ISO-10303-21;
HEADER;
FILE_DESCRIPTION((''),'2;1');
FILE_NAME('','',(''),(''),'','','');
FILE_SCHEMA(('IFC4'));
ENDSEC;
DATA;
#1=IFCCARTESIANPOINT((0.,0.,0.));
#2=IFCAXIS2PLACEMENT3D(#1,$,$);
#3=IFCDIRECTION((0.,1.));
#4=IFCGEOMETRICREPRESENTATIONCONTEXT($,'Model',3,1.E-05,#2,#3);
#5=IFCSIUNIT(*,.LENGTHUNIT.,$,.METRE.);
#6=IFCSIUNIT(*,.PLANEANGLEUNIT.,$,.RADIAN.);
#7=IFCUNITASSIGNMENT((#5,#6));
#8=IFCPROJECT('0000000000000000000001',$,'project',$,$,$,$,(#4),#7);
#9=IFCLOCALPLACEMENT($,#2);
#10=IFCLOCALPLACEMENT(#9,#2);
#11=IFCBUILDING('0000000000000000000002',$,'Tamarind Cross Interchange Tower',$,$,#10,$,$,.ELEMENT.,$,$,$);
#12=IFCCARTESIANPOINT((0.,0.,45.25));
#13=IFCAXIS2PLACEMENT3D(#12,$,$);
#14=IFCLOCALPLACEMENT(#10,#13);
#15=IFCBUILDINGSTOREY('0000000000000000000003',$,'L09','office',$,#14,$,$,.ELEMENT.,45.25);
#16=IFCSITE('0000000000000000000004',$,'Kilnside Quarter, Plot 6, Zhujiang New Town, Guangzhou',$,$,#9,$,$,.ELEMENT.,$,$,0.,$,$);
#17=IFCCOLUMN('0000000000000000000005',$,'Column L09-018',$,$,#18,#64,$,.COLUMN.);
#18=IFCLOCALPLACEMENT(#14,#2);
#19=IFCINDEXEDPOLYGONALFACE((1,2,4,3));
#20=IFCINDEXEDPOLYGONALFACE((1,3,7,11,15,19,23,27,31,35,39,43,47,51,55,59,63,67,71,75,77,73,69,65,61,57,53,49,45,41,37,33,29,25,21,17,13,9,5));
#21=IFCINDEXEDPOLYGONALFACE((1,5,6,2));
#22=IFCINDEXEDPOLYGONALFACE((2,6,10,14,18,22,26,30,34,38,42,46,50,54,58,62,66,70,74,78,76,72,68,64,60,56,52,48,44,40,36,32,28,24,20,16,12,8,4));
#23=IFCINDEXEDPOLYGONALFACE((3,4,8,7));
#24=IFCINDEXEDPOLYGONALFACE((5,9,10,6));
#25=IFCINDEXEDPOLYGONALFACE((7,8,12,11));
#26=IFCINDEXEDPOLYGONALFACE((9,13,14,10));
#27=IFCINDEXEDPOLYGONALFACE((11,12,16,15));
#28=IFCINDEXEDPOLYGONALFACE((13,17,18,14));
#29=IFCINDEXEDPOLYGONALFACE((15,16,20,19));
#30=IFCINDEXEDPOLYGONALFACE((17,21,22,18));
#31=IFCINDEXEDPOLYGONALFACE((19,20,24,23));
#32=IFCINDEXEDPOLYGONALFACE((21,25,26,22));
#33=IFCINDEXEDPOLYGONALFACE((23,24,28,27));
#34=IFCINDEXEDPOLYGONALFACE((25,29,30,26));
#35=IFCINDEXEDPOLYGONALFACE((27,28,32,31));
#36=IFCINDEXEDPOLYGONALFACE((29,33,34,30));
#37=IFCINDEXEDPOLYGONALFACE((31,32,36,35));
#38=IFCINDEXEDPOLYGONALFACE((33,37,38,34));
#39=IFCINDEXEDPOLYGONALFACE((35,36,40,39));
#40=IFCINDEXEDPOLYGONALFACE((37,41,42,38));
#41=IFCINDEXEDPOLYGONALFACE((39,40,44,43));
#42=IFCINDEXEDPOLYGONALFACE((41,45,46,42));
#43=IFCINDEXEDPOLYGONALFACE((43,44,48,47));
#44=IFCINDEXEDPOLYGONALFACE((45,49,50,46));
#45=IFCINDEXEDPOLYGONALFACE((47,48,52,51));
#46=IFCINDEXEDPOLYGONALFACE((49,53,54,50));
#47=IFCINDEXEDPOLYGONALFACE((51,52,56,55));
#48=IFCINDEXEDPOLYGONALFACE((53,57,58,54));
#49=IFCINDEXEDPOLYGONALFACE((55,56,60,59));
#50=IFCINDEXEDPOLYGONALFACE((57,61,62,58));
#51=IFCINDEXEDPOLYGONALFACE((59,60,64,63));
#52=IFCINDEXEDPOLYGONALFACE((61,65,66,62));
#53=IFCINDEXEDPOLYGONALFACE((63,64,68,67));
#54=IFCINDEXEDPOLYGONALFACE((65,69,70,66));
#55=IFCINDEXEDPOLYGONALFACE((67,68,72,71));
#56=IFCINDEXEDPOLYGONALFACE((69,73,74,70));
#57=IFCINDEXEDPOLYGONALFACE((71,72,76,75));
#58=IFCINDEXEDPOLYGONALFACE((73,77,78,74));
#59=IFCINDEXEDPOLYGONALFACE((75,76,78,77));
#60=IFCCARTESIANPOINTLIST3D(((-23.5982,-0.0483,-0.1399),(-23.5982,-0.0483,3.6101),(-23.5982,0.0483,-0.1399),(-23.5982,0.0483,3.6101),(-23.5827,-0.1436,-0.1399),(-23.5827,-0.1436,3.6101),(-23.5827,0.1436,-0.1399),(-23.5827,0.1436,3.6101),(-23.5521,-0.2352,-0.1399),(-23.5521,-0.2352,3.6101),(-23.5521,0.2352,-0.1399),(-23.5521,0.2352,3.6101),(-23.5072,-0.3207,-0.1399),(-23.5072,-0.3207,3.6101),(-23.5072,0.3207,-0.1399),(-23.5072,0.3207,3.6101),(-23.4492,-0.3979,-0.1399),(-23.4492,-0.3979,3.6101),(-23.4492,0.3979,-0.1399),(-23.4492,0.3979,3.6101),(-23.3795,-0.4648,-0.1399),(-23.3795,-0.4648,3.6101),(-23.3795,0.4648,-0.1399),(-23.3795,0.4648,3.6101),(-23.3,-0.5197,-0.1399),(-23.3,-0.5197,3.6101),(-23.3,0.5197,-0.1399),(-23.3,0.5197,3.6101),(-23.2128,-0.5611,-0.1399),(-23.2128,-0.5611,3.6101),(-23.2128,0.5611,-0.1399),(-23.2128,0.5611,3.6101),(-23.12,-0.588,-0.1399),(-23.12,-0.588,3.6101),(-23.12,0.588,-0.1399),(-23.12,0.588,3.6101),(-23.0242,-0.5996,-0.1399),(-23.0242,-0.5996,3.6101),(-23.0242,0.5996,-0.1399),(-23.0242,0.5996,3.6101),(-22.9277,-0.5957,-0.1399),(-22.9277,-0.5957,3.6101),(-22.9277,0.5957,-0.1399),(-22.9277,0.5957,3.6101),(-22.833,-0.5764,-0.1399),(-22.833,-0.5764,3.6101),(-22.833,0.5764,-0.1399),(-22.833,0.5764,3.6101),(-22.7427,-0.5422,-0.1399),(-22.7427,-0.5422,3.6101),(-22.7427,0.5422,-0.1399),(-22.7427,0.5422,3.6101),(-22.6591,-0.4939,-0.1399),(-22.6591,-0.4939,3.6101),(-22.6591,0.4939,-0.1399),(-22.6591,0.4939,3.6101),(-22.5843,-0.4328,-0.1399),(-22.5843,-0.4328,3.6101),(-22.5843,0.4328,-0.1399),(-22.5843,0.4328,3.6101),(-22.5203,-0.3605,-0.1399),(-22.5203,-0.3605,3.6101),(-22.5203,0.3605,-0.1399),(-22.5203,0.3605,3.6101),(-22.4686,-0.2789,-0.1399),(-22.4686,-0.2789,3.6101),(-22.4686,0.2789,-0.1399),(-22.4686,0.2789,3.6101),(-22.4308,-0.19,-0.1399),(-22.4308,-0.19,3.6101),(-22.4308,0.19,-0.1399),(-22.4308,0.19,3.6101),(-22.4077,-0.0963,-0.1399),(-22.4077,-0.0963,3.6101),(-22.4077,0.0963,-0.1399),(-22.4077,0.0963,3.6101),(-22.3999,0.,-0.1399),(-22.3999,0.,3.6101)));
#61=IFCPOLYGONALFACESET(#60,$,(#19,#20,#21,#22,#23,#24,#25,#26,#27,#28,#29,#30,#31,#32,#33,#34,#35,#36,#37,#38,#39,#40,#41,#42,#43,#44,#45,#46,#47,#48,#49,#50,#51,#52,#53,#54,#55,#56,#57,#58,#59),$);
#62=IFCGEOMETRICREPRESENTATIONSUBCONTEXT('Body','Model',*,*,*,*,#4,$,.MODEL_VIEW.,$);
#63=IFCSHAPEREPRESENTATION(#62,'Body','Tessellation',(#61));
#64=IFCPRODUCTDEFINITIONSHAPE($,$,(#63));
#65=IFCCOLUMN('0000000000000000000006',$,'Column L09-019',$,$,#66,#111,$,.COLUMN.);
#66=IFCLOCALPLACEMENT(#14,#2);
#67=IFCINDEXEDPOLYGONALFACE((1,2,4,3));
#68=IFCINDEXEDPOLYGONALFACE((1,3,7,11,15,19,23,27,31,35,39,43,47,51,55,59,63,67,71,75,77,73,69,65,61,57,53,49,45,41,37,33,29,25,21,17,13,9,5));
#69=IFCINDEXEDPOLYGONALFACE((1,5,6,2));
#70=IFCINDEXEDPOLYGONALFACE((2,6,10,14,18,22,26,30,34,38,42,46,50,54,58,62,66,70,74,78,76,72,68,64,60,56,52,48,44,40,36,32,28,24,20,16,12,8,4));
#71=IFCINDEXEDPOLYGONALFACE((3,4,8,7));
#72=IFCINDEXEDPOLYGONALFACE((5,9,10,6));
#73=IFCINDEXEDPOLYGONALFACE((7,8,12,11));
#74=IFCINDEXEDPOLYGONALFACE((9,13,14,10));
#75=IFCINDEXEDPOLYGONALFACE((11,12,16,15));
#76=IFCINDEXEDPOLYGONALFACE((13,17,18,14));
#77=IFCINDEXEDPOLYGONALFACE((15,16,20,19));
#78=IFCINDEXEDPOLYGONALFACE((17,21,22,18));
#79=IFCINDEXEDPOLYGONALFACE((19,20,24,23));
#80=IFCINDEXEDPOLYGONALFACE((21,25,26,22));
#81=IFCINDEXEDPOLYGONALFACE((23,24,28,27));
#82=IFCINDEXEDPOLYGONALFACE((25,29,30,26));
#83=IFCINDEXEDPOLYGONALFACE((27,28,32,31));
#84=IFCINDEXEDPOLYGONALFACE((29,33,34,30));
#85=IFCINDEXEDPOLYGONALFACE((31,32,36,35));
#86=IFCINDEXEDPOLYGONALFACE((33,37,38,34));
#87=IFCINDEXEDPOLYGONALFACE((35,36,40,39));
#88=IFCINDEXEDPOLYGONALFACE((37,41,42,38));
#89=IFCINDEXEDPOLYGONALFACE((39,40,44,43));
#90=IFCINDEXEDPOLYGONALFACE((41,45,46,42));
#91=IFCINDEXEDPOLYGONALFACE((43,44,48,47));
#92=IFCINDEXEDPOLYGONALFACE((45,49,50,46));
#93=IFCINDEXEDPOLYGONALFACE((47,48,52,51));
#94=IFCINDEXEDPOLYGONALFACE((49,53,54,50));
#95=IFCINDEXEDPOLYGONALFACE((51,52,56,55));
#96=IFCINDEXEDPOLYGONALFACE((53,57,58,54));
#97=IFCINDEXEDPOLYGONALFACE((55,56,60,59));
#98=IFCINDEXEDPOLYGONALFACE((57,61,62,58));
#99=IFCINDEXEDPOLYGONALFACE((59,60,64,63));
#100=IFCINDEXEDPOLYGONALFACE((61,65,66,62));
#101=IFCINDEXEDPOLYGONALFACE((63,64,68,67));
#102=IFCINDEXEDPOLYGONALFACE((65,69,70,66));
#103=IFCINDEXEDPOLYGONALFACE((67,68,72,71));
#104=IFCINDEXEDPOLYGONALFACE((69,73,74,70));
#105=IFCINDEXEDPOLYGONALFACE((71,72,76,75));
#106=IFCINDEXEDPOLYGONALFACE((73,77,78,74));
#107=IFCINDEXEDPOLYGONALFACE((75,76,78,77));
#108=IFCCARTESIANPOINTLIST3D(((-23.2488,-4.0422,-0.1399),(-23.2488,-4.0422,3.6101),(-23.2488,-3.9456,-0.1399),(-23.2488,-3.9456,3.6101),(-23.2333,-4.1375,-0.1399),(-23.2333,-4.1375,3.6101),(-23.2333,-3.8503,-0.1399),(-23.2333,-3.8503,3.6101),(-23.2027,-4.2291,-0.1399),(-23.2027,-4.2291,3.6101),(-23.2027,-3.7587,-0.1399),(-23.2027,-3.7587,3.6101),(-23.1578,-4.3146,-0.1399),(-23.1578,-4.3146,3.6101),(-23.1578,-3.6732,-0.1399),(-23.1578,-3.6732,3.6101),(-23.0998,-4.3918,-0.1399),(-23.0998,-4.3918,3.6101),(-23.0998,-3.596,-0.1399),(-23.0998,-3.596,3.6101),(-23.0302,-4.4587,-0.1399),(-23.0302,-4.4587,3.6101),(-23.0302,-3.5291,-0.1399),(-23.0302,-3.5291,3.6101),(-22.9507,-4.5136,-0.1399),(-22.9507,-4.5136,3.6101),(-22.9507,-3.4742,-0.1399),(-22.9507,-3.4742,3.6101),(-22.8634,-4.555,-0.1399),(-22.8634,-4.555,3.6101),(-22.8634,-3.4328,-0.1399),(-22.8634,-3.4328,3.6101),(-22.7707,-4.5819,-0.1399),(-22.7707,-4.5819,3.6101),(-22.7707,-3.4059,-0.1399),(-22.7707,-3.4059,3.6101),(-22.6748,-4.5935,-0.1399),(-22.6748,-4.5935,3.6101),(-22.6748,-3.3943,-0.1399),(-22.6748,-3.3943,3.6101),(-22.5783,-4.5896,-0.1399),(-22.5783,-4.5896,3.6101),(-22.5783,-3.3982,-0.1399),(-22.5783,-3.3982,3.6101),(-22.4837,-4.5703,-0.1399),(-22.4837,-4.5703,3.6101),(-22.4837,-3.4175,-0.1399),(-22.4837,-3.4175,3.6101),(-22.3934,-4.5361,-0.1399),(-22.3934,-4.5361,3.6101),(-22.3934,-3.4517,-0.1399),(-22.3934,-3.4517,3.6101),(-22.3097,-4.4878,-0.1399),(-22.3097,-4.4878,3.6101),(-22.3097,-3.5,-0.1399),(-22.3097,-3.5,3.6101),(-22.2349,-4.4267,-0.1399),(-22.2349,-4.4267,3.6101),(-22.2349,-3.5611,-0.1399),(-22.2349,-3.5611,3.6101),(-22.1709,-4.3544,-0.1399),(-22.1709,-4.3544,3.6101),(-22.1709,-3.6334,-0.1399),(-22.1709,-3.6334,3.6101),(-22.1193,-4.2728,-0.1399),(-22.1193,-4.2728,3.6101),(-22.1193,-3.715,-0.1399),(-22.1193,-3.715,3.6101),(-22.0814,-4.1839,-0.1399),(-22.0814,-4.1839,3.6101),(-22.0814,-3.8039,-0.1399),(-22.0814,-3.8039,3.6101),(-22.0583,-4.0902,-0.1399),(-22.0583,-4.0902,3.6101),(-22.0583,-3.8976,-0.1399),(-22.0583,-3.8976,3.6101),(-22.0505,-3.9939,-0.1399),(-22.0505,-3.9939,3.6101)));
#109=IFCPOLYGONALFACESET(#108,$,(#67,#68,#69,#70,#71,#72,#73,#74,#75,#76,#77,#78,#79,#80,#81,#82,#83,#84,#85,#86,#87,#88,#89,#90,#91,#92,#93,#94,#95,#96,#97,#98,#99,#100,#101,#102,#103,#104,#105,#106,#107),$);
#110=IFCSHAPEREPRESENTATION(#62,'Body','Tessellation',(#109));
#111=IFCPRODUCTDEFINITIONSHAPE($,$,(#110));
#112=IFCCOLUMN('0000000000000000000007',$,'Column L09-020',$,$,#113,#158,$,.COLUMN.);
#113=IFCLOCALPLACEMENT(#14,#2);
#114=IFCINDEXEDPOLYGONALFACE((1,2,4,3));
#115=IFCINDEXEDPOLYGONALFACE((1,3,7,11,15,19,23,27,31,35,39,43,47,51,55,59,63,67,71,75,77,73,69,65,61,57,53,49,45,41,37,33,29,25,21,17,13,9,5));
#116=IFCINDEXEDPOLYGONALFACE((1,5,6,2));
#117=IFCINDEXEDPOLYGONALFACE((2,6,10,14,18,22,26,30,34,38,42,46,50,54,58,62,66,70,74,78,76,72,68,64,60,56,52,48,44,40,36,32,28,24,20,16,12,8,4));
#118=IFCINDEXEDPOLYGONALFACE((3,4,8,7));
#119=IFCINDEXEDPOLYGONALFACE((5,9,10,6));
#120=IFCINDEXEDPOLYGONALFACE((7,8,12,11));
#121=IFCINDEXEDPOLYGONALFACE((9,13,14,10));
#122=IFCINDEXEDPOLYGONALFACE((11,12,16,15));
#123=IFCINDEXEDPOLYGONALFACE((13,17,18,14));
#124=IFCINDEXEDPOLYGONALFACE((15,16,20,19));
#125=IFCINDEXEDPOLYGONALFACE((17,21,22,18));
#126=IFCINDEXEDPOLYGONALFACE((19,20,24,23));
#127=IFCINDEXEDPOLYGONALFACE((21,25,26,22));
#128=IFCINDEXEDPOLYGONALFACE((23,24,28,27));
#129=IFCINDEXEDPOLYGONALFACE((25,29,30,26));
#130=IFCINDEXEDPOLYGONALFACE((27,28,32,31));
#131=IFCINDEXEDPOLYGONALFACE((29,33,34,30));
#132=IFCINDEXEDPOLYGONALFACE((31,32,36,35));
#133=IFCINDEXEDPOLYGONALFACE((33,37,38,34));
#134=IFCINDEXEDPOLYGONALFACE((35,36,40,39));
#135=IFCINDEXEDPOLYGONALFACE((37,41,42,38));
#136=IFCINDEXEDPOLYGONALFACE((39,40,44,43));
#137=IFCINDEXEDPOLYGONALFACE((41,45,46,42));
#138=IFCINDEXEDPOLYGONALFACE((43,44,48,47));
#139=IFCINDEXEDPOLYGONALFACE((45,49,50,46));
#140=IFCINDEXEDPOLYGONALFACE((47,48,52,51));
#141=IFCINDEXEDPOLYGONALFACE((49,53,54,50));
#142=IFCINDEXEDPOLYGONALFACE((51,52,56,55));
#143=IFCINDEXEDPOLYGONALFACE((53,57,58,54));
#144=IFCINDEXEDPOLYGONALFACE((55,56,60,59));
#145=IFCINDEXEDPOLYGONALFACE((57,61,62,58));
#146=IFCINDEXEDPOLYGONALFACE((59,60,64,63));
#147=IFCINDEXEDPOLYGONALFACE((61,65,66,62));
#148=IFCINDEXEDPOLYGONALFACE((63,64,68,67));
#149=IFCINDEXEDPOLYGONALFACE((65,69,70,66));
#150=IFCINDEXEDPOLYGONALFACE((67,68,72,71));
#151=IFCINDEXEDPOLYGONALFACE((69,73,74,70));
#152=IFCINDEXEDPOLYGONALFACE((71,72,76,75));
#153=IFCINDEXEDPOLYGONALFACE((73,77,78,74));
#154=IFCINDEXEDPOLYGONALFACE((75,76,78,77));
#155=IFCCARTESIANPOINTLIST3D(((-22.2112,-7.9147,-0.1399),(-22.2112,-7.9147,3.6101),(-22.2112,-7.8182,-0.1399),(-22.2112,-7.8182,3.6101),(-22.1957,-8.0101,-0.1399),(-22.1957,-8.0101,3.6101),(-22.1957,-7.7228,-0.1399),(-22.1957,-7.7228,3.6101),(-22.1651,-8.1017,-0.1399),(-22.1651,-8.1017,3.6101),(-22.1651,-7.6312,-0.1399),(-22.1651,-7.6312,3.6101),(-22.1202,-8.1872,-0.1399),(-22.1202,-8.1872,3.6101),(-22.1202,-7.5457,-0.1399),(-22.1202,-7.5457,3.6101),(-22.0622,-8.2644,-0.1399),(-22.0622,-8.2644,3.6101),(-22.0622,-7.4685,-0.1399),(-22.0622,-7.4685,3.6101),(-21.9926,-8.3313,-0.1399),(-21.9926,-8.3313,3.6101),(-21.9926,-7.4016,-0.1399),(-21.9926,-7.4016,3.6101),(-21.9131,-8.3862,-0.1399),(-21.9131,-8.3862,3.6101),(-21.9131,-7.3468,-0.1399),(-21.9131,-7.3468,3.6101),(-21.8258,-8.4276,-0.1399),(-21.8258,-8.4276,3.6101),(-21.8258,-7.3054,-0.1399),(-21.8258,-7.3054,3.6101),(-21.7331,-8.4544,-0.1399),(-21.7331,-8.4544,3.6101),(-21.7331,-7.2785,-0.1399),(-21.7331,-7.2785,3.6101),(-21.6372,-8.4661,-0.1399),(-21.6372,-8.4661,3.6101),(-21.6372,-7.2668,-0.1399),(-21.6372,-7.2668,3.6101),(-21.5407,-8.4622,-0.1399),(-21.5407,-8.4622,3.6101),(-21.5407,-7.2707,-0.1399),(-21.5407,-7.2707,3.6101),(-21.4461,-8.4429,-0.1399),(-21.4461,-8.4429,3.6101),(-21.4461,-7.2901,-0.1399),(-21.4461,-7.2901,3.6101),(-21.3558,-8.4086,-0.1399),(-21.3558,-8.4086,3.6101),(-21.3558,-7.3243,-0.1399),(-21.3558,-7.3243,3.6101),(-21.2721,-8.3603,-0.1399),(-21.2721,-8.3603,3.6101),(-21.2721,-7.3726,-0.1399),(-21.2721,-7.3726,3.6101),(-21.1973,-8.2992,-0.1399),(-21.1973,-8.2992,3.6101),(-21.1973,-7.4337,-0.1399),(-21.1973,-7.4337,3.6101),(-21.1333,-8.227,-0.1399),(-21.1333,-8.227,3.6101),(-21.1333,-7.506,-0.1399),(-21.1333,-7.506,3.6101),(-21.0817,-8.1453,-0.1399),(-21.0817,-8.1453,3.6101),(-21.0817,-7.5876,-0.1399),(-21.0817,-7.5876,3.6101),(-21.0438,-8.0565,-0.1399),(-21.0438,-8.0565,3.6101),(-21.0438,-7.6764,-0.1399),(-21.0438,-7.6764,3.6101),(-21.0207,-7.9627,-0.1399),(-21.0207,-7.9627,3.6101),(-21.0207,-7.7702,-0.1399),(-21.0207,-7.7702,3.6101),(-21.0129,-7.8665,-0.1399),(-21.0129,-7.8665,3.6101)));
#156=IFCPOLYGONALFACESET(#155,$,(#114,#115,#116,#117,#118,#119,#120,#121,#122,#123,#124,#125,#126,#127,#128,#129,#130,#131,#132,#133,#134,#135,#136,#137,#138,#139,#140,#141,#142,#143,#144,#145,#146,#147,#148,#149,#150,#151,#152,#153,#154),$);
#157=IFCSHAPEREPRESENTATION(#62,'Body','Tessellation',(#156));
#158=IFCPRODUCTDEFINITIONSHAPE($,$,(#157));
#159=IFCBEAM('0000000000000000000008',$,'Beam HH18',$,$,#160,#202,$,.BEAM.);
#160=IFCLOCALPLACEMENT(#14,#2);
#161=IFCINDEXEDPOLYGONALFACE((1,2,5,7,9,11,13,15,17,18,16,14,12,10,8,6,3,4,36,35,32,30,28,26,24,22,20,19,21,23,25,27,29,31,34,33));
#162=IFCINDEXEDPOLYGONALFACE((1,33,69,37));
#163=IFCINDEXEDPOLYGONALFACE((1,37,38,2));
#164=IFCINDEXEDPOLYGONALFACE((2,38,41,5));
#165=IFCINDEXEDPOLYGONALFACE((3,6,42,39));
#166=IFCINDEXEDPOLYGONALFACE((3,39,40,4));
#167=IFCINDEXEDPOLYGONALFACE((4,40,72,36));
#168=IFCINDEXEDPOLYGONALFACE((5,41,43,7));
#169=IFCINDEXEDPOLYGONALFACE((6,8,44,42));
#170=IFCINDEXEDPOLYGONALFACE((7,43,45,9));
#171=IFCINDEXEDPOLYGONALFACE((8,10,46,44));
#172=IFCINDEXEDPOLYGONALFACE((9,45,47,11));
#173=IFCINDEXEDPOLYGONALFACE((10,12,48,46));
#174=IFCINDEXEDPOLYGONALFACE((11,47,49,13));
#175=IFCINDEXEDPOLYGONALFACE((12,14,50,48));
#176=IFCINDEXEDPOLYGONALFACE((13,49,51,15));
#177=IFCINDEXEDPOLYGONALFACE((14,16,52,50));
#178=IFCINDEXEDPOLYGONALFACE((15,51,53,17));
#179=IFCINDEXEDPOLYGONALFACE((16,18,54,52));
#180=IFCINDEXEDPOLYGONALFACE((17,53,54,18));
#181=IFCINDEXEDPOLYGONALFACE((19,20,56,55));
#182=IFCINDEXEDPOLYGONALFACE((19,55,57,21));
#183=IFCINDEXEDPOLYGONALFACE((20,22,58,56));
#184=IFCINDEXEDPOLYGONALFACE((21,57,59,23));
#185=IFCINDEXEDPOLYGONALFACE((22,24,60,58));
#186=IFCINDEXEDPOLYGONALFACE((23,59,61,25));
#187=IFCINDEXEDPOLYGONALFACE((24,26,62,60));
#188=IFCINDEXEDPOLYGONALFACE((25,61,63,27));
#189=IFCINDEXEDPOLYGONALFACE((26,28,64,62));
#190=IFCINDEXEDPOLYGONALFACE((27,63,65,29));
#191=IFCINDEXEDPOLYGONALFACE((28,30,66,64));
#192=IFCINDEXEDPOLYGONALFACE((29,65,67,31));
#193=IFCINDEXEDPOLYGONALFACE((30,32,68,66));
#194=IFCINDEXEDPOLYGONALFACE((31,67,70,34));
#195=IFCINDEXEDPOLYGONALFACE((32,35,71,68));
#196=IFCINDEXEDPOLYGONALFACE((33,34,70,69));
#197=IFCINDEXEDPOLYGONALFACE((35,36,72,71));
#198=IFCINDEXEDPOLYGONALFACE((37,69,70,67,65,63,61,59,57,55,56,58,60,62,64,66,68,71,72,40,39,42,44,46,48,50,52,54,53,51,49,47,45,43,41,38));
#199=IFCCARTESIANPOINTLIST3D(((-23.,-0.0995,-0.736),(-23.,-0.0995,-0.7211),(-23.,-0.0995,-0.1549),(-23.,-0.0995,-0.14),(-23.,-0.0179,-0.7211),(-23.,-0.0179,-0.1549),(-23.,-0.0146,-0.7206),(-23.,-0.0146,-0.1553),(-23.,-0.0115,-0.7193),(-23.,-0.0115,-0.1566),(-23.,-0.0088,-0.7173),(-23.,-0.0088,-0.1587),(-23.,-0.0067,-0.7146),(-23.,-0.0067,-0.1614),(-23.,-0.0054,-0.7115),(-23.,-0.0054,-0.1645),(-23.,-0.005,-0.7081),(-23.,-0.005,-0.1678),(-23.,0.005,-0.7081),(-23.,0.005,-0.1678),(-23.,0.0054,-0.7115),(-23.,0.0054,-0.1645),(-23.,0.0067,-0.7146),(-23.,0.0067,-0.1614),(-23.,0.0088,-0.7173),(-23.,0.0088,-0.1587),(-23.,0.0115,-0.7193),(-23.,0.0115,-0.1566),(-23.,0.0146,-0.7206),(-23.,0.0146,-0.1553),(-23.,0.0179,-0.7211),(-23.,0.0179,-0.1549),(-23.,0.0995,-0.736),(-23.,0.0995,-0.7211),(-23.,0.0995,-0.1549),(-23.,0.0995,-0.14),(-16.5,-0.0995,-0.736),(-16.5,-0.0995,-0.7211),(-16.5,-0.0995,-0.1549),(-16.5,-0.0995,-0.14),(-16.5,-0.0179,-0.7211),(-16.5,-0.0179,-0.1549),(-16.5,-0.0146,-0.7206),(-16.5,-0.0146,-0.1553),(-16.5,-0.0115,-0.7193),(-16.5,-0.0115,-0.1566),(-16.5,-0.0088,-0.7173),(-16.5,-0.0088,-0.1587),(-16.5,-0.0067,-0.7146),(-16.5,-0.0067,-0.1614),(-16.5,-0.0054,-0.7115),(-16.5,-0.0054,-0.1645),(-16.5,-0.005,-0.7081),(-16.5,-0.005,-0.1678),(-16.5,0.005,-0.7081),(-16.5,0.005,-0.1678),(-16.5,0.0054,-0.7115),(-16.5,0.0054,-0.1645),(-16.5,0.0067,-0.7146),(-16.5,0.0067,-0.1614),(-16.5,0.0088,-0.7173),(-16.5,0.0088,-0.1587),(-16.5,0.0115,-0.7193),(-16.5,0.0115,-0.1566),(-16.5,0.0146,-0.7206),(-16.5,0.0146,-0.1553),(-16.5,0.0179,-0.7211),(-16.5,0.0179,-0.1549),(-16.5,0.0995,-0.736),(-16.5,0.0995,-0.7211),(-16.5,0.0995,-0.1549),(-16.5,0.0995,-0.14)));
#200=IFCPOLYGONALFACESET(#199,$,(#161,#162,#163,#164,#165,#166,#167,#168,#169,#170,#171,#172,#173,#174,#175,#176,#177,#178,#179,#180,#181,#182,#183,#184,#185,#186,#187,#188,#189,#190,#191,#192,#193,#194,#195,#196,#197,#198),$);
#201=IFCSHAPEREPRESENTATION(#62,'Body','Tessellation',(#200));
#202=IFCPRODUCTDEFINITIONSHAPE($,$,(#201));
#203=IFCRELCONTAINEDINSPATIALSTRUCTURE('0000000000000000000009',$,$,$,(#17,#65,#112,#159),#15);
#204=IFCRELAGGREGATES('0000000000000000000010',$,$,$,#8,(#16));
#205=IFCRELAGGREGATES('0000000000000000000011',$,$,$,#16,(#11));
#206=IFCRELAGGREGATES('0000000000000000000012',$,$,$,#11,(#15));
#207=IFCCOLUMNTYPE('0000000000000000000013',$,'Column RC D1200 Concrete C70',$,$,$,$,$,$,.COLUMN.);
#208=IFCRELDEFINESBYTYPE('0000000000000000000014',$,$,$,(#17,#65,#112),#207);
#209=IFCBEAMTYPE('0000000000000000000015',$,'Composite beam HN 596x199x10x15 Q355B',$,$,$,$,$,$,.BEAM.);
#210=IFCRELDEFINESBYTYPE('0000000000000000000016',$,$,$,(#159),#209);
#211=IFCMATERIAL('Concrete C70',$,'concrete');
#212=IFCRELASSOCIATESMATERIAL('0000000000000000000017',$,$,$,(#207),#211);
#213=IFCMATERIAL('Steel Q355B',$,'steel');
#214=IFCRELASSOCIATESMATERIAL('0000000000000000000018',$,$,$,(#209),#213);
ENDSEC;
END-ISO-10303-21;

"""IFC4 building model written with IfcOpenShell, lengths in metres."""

from ifc_helpers import new_model, si_unit, direction, frame, origin, origin_2d, place, context, subcontext, project, spatial, circle, i_section, extrude, material, material_profile, profile_set, type_object, element, save


model = new_model("IFC4")

# Units and contexts
model_context = context("Model", 3, precision=1e-05, world=origin(), true_north=direction((0.0, 1.0)))
body_context = subcontext(model_context, "Body", "Model", "MODEL_VIEW")
ifc_project = project(units=[si_unit("LENGTHUNIT", "METRE"), si_unit("PLANEANGLEUNIT", "RADIAN")], contexts=[model_context])

# Site, building, storey
site_placement = place(None, origin())
site = spatial("IfcSite", under=ifc_project, at=site_placement, Name="Kilnside Quarter, Plot 6, Zhujiang New Town, Guangzhou", CompositionType="ELEMENT", RefElevation=0.0)
building_placement = place(site_placement, origin())
building = spatial("IfcBuilding", under=site, at=building_placement, Name="Tamarind Cross Interchange Tower", CompositionType="ELEMENT")
storey_placement = place(building_placement, frame((0.0, 0.0, 45.25)))
storey = spatial("IfcBuildingStorey", under=building, at=storey_placement, Name="L09", Description="office", CompositionType="ELEMENT", Elevation=45.25)

# Columns
ifc_material_1 = material(Name="Concrete C70", Category="concrete")
ifc_material_profile_1 = material_profile(ifc_material_1, circle(Radius=0.6001, at=origin_2d()), Name="RC D1200")
ifc_profile_set_1 = profile_set([ifc_material_profile_1], Name="Concrete C70")
column_type = type_object("IfcColumnType", Name="Column RC D1200 Concrete C70", PredefinedType="COLUMN", material=ifc_profile_set_1)
for number, where, z_axis, x_axis, name in (
    (1, (-23.0, 0.0, -0.1399), (0.0, 0.0, 1.0), (1.0, 0.0, 0.0), "Column L09-018"),
    (2, (-22.6506, -3.9939, -0.1399), (0.0, 0.0, 1.0), (1.0, 0.0, 0.0), "Column L09-019"),
    (3, (-21.613, -7.8665, -0.1399), (0.0, 0.0, 1.0), (1.0, 0.0, 0.0), "Column L09-020"),
):
    element("IfcColumn", number, at=place(storey_placement, frame(where, z_axis=z_axis, x_axis=x_axis)), inside=storey, type_object=column_type, Name=name, PredefinedType="COLUMN", context=body_context, shape_type="SweptSolid", body=[
        extrude(circle(Radius=0.6001, at=origin_2d()), origin(), (0.0, 0.0, 1.0), 3.75),
    ])

# Beam
ifc_material_2 = material(Name="Steel Q355B", Category="steel")
ifc_material_profile_2 = material_profile(ifc_material_2, i_section(OverallWidth=0.199, OverallDepth=0.5959, WebThickness=0.01, FlangeThickness=0.0149, FilletRadius=0.0129, at=origin_2d()), Name="HN 596x199x10x15")
ifc_profile_set_2 = profile_set([ifc_material_profile_2], Name="Steel Q355B")
beam_type = type_object("IfcBeamType", Name="Composite beam HN 596x199x10x15 Q355B", PredefinedType="BEAM", material=ifc_profile_set_2)
beam_1_placement = place(storey_placement, frame((-23.0, 0.0, -0.438), z_axis=(1.0, 0.0, 0.0), x_axis=(0.0, 1.0, 0.0)))
element("IfcBeam", 4, at=beam_1_placement, inside=storey, type_object=beam_type, Name="Beam HH18", PredefinedType="BEAM", context=body_context, shape_type="SweptSolid", body=[
    extrude(i_section(OverallWidth=0.199, OverallDepth=0.5959, WebThickness=0.01, FlangeThickness=0.0149, FilletRadius=0.0129, at=origin_2d()), origin(), (0.0, 0.0, 1.0), 6.5),
])

save(model, "model.ifc")
